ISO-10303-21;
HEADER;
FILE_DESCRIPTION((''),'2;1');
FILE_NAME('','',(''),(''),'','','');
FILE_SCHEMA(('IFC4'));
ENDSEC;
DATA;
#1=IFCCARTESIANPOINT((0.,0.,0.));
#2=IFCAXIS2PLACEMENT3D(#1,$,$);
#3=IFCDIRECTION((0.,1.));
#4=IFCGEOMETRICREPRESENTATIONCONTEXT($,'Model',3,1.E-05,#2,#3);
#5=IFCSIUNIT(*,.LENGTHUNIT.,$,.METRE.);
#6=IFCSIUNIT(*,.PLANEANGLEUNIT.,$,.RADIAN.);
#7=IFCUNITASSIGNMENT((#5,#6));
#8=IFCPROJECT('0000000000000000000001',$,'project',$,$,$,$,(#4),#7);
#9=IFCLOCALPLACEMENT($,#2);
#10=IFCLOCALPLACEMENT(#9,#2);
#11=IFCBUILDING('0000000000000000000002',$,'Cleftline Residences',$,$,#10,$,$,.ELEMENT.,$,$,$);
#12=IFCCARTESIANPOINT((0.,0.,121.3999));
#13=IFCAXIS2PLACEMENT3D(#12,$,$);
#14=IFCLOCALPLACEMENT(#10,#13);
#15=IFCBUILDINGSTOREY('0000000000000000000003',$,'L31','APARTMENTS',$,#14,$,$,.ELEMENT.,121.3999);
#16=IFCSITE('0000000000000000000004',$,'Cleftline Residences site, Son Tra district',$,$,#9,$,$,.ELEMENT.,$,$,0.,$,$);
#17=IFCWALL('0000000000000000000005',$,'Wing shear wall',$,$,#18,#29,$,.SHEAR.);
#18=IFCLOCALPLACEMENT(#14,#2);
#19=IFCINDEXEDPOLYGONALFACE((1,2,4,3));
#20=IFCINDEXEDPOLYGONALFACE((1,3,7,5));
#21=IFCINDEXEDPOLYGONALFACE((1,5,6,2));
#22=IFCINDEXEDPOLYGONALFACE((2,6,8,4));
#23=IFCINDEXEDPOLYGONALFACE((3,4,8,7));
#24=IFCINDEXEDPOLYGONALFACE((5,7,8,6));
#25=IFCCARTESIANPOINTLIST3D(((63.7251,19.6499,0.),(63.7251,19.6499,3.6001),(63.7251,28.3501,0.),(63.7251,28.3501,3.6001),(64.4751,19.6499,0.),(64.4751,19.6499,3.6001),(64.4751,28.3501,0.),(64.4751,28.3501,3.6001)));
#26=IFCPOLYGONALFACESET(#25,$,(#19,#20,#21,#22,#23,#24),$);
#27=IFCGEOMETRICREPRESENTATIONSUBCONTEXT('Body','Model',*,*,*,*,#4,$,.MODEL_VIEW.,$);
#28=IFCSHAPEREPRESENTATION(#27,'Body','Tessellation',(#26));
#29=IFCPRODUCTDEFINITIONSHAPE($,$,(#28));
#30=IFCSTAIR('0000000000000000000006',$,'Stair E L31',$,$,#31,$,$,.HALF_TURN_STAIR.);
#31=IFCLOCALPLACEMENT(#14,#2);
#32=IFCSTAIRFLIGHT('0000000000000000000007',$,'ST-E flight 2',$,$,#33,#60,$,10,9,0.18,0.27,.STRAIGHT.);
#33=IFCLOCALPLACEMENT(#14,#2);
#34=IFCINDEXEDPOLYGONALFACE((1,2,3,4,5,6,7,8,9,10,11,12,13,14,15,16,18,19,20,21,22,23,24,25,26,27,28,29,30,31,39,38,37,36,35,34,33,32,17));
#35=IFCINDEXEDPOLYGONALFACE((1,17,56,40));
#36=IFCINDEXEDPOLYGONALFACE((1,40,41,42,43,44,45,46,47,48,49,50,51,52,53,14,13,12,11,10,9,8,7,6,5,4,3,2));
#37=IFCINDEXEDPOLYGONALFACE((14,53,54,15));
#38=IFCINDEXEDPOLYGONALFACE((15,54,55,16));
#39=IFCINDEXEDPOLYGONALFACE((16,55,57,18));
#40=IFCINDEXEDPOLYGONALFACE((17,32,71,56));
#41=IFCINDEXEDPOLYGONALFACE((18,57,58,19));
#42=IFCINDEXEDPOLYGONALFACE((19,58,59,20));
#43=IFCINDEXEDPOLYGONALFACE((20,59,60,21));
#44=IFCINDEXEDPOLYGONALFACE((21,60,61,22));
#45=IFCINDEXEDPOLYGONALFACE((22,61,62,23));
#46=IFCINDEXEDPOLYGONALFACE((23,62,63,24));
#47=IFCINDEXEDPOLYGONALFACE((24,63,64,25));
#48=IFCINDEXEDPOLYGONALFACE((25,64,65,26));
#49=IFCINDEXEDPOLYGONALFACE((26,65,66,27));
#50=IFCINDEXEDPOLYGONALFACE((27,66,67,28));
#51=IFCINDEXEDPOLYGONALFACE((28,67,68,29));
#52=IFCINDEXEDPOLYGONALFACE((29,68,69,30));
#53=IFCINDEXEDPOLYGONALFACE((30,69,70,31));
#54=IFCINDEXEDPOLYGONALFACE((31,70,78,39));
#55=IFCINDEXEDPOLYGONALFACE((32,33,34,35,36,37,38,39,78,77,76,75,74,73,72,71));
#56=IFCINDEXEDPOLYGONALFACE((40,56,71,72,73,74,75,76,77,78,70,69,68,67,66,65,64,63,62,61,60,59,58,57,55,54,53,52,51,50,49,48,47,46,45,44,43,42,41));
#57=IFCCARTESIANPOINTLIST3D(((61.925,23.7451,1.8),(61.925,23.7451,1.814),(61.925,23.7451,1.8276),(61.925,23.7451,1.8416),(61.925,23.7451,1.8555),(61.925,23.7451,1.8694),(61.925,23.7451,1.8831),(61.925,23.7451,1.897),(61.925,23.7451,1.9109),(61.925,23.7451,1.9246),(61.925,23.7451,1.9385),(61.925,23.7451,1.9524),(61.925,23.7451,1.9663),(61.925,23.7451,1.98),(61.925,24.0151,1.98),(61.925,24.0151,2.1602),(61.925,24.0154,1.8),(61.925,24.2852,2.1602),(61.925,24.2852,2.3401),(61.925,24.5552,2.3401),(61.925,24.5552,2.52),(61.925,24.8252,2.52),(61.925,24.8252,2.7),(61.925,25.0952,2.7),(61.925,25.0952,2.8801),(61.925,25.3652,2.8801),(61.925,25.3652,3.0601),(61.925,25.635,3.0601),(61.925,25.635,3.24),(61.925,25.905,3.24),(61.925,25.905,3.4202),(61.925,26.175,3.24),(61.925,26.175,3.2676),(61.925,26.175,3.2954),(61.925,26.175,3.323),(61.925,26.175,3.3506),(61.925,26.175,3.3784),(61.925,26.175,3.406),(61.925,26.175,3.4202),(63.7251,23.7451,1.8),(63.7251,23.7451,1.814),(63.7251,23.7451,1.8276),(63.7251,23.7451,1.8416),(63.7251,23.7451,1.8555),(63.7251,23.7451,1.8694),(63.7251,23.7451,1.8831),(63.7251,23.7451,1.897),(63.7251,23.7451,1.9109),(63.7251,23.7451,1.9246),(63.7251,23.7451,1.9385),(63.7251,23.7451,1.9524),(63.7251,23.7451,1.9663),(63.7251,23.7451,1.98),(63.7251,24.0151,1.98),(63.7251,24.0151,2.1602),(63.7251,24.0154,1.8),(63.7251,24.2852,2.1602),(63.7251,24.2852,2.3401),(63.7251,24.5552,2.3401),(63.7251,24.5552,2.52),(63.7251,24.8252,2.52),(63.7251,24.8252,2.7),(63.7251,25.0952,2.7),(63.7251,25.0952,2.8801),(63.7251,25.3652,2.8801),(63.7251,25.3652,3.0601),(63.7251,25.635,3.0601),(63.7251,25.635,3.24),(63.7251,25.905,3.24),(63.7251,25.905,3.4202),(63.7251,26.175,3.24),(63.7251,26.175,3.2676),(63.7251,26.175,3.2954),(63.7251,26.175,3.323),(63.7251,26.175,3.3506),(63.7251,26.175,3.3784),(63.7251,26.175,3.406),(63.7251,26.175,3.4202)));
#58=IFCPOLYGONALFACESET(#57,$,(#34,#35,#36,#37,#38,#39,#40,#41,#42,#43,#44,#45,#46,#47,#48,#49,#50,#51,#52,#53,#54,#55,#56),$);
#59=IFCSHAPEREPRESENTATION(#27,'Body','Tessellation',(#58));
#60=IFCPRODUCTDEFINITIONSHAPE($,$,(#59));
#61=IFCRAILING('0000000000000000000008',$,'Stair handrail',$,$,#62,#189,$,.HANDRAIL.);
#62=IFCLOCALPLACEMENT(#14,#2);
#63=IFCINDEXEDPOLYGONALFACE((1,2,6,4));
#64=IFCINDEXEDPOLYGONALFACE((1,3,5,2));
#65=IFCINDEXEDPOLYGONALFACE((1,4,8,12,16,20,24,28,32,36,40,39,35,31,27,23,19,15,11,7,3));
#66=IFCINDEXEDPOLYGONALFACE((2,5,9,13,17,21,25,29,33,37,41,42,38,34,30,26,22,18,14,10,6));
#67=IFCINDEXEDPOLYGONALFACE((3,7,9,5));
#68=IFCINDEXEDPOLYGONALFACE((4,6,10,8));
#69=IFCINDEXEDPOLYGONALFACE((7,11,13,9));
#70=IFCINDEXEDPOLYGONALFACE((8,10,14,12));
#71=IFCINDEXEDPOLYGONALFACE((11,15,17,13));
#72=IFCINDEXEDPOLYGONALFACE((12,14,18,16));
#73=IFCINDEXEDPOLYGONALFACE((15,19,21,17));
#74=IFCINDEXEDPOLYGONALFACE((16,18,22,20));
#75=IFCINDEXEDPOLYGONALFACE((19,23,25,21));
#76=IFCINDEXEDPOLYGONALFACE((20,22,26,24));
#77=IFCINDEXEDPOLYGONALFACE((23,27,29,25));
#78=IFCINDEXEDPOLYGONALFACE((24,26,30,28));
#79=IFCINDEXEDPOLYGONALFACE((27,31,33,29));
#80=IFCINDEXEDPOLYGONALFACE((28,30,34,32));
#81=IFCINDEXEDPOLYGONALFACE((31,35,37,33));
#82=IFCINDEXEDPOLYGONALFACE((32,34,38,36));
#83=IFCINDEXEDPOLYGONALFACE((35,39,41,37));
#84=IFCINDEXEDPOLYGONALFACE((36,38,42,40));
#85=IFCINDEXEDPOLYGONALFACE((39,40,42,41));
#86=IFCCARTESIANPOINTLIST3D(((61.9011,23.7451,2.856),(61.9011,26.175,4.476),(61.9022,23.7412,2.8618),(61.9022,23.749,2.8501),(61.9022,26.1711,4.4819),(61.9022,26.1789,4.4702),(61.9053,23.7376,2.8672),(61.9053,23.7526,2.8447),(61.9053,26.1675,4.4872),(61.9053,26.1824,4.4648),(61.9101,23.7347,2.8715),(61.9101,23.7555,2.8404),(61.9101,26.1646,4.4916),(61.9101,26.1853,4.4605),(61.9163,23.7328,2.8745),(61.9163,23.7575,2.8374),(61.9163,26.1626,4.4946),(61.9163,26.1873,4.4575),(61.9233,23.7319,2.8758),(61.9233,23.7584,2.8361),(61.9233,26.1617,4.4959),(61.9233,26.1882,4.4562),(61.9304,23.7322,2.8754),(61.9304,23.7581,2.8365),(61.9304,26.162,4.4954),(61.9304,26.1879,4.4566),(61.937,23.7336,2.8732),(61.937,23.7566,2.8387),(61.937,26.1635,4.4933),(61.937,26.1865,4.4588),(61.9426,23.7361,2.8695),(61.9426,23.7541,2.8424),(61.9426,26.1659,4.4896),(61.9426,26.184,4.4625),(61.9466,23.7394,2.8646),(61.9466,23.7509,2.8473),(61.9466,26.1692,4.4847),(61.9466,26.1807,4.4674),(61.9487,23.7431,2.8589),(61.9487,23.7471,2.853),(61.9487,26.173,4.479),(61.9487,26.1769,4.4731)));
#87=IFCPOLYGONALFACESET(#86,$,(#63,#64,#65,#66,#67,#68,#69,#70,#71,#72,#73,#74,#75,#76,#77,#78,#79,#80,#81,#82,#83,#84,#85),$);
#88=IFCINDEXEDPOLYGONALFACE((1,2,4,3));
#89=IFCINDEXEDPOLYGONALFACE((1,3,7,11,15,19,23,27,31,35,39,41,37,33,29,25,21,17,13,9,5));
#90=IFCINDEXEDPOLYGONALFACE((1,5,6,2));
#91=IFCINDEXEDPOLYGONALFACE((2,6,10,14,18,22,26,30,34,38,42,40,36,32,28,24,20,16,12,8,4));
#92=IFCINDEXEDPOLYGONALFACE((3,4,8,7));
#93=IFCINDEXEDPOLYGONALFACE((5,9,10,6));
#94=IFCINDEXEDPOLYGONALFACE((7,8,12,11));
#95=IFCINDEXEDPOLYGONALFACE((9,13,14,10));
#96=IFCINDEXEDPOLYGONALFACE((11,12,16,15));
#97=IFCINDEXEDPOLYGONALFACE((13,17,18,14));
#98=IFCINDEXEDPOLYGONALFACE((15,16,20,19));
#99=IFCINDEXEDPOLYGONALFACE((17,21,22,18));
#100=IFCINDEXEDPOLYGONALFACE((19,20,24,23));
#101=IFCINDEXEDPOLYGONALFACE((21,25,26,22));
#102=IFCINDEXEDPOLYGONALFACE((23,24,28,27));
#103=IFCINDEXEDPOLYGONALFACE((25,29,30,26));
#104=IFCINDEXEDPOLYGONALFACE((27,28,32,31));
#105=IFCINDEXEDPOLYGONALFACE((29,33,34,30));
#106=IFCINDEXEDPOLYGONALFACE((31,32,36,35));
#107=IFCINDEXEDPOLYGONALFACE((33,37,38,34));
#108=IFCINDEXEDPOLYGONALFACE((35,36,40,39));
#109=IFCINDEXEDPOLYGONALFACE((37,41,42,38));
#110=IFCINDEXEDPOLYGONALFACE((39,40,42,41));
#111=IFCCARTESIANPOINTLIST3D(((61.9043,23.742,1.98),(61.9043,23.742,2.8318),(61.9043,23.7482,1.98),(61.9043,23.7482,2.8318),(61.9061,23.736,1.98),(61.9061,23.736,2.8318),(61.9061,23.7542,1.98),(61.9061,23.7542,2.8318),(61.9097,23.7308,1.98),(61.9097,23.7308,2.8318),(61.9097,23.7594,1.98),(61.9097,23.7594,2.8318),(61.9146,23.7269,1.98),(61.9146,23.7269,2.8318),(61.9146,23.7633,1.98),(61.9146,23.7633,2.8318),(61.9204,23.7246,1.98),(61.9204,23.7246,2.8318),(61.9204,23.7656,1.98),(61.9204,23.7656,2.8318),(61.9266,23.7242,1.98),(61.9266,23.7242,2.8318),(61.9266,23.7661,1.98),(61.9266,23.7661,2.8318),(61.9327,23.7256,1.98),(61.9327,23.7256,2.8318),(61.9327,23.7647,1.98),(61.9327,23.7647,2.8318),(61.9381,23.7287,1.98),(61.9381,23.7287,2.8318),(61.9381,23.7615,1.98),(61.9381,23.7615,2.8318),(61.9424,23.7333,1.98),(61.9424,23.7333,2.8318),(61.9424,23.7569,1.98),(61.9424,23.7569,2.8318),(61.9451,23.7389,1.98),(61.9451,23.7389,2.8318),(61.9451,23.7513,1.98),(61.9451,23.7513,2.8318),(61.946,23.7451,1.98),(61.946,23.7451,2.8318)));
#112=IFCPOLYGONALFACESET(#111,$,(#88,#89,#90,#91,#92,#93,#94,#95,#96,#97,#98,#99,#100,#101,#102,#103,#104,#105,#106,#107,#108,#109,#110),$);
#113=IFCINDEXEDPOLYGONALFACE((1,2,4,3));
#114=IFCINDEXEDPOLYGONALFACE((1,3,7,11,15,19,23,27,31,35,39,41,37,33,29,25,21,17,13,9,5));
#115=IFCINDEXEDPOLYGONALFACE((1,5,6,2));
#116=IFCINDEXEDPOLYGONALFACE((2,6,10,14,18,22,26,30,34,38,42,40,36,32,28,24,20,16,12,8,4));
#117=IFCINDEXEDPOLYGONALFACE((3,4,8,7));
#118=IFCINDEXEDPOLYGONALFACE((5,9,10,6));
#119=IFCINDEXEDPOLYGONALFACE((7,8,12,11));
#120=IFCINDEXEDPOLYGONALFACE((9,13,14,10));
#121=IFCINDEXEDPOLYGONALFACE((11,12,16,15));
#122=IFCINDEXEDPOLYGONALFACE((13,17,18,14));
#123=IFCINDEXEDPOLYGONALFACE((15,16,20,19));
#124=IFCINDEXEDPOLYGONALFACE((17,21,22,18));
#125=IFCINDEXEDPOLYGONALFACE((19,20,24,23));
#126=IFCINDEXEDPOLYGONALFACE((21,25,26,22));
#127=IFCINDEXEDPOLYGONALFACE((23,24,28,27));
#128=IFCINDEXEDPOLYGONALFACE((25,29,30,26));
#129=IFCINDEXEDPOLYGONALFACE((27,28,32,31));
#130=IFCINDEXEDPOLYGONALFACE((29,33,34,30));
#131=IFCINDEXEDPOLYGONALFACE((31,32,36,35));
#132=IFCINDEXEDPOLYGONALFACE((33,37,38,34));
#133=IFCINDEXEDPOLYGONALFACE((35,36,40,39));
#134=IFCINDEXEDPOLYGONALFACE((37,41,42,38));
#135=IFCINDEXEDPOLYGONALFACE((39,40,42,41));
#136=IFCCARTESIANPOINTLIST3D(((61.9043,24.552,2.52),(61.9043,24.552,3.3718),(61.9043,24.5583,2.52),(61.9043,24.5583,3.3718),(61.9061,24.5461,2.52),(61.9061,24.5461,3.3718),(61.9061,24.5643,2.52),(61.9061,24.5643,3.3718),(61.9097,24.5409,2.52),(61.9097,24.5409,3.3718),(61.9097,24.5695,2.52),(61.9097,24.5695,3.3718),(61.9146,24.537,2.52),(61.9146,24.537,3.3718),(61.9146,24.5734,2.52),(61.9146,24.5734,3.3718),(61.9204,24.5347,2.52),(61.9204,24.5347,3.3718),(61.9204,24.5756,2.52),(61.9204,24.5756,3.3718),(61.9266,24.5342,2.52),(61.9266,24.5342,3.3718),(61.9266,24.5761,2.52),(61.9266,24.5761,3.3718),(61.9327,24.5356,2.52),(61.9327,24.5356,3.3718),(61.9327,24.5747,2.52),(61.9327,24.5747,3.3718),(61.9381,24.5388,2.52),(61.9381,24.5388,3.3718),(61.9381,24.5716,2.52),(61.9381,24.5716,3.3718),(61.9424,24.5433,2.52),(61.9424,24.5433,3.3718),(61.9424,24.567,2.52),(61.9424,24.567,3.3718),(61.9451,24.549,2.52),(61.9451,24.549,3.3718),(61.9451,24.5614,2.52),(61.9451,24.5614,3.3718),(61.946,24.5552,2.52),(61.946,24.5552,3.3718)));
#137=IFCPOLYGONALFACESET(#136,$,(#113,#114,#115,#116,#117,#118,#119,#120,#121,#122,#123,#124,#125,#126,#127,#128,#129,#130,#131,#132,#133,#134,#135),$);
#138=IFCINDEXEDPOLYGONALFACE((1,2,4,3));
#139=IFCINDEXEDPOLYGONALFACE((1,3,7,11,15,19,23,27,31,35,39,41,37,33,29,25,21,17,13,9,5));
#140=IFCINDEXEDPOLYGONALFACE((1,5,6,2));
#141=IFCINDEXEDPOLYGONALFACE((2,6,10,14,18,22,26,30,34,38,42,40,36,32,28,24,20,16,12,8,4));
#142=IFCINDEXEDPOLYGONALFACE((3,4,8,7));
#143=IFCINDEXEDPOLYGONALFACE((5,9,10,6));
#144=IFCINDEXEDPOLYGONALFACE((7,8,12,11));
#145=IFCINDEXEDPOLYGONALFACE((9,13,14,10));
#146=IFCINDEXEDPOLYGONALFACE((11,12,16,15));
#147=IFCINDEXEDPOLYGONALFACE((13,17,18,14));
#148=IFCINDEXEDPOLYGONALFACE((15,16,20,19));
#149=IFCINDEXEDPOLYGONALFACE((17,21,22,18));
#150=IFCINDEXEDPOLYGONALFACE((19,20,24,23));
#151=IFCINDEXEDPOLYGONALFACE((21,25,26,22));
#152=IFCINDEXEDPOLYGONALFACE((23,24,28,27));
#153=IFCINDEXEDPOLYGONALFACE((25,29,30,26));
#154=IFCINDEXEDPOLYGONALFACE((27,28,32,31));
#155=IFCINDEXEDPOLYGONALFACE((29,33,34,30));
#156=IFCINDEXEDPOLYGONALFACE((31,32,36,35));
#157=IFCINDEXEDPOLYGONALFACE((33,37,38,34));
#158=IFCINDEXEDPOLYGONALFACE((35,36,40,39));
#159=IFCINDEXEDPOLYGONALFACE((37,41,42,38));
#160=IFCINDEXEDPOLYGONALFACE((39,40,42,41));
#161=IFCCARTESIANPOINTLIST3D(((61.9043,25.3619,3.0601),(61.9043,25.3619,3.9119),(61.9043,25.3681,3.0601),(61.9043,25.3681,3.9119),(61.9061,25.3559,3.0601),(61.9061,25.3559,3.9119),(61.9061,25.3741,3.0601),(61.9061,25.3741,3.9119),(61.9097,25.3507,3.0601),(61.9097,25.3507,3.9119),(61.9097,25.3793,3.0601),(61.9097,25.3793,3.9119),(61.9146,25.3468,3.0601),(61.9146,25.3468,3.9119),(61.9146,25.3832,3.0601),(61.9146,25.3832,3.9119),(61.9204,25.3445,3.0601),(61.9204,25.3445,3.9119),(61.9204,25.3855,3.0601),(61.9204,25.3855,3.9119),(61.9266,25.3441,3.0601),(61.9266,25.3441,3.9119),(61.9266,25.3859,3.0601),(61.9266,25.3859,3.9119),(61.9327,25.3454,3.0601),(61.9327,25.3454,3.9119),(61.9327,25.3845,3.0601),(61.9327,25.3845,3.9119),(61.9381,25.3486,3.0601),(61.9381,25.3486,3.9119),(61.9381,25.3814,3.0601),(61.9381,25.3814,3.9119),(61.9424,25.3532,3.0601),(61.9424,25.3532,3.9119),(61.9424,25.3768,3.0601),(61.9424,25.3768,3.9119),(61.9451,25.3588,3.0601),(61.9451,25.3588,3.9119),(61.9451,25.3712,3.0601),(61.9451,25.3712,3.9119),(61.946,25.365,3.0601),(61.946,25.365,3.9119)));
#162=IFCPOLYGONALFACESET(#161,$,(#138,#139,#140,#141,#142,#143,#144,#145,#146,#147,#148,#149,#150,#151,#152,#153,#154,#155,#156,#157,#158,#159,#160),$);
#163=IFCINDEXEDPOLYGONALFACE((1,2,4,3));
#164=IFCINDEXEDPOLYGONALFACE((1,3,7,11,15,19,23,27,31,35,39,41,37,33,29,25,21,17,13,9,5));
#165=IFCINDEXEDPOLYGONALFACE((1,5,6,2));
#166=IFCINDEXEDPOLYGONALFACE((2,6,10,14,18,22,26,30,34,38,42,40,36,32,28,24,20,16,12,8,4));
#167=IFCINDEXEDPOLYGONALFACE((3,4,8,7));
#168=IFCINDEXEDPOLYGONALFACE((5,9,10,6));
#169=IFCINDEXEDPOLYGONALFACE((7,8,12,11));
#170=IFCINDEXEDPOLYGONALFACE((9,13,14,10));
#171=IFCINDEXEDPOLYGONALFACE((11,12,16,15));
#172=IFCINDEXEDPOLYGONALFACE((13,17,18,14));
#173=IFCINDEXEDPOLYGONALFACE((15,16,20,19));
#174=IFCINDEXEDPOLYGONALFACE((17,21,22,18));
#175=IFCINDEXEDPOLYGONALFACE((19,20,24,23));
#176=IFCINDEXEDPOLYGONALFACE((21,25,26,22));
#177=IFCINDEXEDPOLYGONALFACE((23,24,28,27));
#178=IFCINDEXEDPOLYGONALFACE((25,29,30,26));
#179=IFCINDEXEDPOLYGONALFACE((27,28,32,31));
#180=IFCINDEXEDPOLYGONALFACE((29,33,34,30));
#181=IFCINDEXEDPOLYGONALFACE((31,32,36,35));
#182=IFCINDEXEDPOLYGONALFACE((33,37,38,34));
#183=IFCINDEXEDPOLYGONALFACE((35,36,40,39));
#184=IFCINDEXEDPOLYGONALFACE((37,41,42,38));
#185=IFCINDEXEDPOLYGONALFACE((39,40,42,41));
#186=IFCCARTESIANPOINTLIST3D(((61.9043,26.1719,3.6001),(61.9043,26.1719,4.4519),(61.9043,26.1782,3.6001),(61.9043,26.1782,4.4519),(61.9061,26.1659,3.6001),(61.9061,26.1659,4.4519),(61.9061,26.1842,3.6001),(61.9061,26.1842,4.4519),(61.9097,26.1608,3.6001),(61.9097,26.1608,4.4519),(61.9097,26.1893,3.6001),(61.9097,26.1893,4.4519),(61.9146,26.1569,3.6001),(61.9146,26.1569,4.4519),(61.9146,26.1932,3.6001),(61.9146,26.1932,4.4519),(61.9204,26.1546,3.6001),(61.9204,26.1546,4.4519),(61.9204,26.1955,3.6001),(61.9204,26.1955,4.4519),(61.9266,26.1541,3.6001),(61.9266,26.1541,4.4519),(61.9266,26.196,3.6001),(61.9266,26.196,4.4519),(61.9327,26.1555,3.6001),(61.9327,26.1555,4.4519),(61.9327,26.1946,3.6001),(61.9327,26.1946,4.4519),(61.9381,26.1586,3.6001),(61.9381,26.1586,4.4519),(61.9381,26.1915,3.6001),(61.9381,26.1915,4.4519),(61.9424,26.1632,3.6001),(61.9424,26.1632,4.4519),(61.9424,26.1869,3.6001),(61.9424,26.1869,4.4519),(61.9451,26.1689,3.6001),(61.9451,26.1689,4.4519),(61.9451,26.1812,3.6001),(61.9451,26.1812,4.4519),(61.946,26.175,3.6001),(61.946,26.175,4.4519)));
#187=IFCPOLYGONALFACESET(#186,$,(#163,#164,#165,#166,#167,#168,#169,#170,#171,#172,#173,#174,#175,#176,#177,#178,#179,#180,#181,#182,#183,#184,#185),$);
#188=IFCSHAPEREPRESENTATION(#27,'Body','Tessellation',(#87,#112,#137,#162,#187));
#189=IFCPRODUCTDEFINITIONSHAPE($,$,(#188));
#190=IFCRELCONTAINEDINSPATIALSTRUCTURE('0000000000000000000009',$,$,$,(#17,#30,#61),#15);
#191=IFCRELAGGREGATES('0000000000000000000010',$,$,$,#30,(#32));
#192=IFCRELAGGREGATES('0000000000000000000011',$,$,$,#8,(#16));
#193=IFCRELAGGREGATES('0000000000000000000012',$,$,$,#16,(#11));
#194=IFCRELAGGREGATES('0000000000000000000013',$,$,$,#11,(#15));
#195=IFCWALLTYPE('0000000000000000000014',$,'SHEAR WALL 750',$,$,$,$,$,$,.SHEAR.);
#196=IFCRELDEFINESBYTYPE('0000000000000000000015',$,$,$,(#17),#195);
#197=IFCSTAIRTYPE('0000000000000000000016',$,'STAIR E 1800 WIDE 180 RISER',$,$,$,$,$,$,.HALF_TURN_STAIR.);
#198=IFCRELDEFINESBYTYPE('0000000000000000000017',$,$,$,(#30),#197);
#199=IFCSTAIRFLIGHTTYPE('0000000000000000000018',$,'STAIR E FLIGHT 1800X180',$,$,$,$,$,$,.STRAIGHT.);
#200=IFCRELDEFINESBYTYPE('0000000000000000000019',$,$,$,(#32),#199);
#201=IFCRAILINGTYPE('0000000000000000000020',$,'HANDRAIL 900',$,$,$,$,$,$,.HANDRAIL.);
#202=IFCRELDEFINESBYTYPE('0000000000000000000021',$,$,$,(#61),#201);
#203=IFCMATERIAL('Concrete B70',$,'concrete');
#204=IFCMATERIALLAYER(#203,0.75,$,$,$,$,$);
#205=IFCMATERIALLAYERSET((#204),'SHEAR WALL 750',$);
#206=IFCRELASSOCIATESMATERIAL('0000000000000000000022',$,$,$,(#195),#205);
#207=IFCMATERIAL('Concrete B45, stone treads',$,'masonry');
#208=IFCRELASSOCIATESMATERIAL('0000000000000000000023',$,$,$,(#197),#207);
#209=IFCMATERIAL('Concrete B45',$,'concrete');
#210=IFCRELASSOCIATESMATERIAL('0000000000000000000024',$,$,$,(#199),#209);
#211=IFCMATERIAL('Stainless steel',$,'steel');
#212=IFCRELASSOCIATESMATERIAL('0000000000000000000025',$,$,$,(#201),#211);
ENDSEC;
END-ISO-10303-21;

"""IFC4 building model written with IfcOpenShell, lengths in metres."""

from ifc_helpers import new_model, si_unit, direction, frame, frame_2d, origin, origin_2d, place, context, subcontext, project, spatial, polyline, rectangle, circle, outline, extrude, material, layer, layer_set, type_object, element, aggregate, save


model = new_model("IFC4")

# Units and contexts
model_context = context("Model", 3, precision=1e-05, world=origin(), true_north=direction((0.0, 1.0)))
body_context = subcontext(model_context, "Body", "Model", "MODEL_VIEW")
ifc_project = project(units=[si_unit("LENGTHUNIT", "METRE"), si_unit("PLANEANGLEUNIT", "RADIAN")], contexts=[model_context])

# Site, building, storey
site_placement = place(None, origin())
site = spatial("IfcSite", under=ifc_project, at=site_placement, Name="Cleftline Residences site, Son Tra district", CompositionType="ELEMENT", RefElevation=0.0)
building_placement = place(site_placement, origin())
building = spatial("IfcBuilding", under=site, at=building_placement, Name="Cleftline Residences", CompositionType="ELEMENT")
storey_placement = place(building_placement, frame((0.0, 0.0, 121.3999)))
storey = spatial("IfcBuildingStorey", under=building, at=storey_placement, Name="L31", Description="APARTMENTS", CompositionType="ELEMENT", Elevation=121.3999)

# Wall
ifc_material_1 = material(Name="Concrete B70", Category="concrete")
ifc_layer_1 = layer(ifc_material_1, 0.75)
ifc_layer_set_1 = layer_set([ifc_layer_1], Name="SHEAR WALL 750")
wall_type_1 = type_object("IfcWallType", Name="SHEAR WALL 750", PredefinedType="SHEAR", material=ifc_layer_set_1)
wall_1_placement = place(storey_placement, frame((64.1001, 19.6499, 0.0), z_axis=(0.0, 0.0, 1.0), x_axis=(0.0, 1.0, 0.0)))
element("IfcWall", 1, at=wall_1_placement, inside=storey, type_object=wall_type_1, Name="Wing shear wall", PredefinedType="SHEAR", context=body_context, shape_type="SweptSolid", body=[
    extrude(rectangle(XDim=8.7002, YDim=0.75, at=frame_2d((4.3501, 0.0))), origin(), (0.0, 0.0, 1.0), 3.6001),
])

# Stair, stair flight
ifc_material_2 = material(Name="Concrete B45, stone treads", Category="masonry")
stair_type = type_object("IfcStairType", Name="STAIR E 1800 WIDE 180 RISER", PredefinedType="HALF_TURN_STAIR", material=ifc_material_2)
stair_placement = place(storey_placement, origin())
stair = element("IfcStair", 2, at=stair_placement, inside=storey, type_object=stair_type, Name="Stair E L31", PredefinedType="HALF_TURN_STAIR")
ifc_material_3 = material(Name="Concrete B45", Category="concrete")
stair_flight_type = type_object("IfcStairFlightType", Name="STAIR E FLIGHT 1800X180", PredefinedType="STRAIGHT", material=ifc_material_3)
stair_flight_placement = place(storey_placement, frame((62.825, 23.7451, 1.8), z_axis=(0.0, 0.0, 1.0), x_axis=(0.0, 1.0, 0.0)))
stair_flight = element("IfcStairFlight", 3, at=stair_flight_placement, type_object=stair_flight_type, Name="ST-E flight 2", NumberOfRisers=10, NumberOfTreads=9, PredefinedType="STRAIGHT", RiserHeight=0.18, TreadLength=0.27, context=body_context, shape_type="SweptSolid", body=[
    extrude(outline(polyline([(0.0, 0.0), (0.0, 0.0139), (0.0, 0.0276), (0.0, 0.0415), (0.0, 0.0554), (0.0, 0.0693), (0.0, 0.083), (0.0, 0.0969), (0.0, 0.1108), (0.0, 0.1245), (0.0, 0.1384), (0.0, 0.1523), (0.0, 0.1663), (0.0, 0.1799), (0.27, 0.1799), (0.27, 0.3601), (0.54, 0.3601), (0.54, 0.54), (0.8101, 0.54), (0.8101, 0.72), (1.0801, 0.72), (1.0801, 0.8999), (1.3501, 0.8999), (1.3501, 1.0801), (1.6201, 1.0801), (1.6201, 1.26), (1.8899, 1.26), (1.8899, 1.4399), (2.1599, 1.4399), (2.1599, 1.6201), (2.4299, 1.6201), (2.4299, 1.8), (2.4299, 1.7722), (2.4299, 1.7446), (2.4299, 1.7168), (2.4299, 1.6892), (2.4299, 1.6614), (2.4299, 1.6338), (2.4299, 1.606), (2.4299, 1.5784), (2.4299, 1.5505), (2.4299, 1.5229), (2.4299, 1.4954), (2.4299, 1.4675), (2.4299, 1.4399), (0.2703, 0.0), (0.0, 0.0)])), frame((0.0, 0.8999, 0.0), z_axis=(0.0, -1.0, 0.0), x_axis=(1.0, 0.0, 0.0)), (0.0, 0.0, 1.0), 1.8),
])
aggregate(stair, [stair_flight])

# Railing
ifc_material_4 = material(Name="Stainless steel", Category="steel")
railing_type = type_object("IfcRailingType", Name="HANDRAIL 900", PredefinedType="HANDRAIL", material=ifc_material_4)
railing_placement = place(storey_placement, frame((61.925, 23.7451, 1.98)))
element("IfcRailing", 4, at=railing_placement, inside=storey, type_object=railing_type, Name="Stair handrail", PredefinedType="HANDRAIL", context=body_context, shape_type="SweptSolid", body=[
    extrude(circle(Radius=0.0239, at=origin_2d()), frame((0.0, 0.0, 0.876), z_axis=(0.0, 0.832025, 0.554739), x_axis=(-1.0, 0.0, 0.0)), (0.0, 0.0, 1.0), 2.9204),
    extrude(circle(Radius=0.021, at=origin_2d()), origin(), (0.0, 0.0, 1.0), 0.8518),
    extrude(circle(Radius=0.021, at=origin_2d()), frame((0.0, 0.8101, 0.54)), (0.0, 0.0, 1.0), 0.8518),
    extrude(circle(Radius=0.021, at=origin_2d()), frame((0.0, 1.6199, 1.0801)), (0.0, 0.0, 1.0), 0.8518),
    extrude(circle(Radius=0.021, at=origin_2d()), frame((0.0, 2.4299, 1.6201)), (0.0, 0.0, 1.0), 0.8518),
])

save(model, "model.ifc")
